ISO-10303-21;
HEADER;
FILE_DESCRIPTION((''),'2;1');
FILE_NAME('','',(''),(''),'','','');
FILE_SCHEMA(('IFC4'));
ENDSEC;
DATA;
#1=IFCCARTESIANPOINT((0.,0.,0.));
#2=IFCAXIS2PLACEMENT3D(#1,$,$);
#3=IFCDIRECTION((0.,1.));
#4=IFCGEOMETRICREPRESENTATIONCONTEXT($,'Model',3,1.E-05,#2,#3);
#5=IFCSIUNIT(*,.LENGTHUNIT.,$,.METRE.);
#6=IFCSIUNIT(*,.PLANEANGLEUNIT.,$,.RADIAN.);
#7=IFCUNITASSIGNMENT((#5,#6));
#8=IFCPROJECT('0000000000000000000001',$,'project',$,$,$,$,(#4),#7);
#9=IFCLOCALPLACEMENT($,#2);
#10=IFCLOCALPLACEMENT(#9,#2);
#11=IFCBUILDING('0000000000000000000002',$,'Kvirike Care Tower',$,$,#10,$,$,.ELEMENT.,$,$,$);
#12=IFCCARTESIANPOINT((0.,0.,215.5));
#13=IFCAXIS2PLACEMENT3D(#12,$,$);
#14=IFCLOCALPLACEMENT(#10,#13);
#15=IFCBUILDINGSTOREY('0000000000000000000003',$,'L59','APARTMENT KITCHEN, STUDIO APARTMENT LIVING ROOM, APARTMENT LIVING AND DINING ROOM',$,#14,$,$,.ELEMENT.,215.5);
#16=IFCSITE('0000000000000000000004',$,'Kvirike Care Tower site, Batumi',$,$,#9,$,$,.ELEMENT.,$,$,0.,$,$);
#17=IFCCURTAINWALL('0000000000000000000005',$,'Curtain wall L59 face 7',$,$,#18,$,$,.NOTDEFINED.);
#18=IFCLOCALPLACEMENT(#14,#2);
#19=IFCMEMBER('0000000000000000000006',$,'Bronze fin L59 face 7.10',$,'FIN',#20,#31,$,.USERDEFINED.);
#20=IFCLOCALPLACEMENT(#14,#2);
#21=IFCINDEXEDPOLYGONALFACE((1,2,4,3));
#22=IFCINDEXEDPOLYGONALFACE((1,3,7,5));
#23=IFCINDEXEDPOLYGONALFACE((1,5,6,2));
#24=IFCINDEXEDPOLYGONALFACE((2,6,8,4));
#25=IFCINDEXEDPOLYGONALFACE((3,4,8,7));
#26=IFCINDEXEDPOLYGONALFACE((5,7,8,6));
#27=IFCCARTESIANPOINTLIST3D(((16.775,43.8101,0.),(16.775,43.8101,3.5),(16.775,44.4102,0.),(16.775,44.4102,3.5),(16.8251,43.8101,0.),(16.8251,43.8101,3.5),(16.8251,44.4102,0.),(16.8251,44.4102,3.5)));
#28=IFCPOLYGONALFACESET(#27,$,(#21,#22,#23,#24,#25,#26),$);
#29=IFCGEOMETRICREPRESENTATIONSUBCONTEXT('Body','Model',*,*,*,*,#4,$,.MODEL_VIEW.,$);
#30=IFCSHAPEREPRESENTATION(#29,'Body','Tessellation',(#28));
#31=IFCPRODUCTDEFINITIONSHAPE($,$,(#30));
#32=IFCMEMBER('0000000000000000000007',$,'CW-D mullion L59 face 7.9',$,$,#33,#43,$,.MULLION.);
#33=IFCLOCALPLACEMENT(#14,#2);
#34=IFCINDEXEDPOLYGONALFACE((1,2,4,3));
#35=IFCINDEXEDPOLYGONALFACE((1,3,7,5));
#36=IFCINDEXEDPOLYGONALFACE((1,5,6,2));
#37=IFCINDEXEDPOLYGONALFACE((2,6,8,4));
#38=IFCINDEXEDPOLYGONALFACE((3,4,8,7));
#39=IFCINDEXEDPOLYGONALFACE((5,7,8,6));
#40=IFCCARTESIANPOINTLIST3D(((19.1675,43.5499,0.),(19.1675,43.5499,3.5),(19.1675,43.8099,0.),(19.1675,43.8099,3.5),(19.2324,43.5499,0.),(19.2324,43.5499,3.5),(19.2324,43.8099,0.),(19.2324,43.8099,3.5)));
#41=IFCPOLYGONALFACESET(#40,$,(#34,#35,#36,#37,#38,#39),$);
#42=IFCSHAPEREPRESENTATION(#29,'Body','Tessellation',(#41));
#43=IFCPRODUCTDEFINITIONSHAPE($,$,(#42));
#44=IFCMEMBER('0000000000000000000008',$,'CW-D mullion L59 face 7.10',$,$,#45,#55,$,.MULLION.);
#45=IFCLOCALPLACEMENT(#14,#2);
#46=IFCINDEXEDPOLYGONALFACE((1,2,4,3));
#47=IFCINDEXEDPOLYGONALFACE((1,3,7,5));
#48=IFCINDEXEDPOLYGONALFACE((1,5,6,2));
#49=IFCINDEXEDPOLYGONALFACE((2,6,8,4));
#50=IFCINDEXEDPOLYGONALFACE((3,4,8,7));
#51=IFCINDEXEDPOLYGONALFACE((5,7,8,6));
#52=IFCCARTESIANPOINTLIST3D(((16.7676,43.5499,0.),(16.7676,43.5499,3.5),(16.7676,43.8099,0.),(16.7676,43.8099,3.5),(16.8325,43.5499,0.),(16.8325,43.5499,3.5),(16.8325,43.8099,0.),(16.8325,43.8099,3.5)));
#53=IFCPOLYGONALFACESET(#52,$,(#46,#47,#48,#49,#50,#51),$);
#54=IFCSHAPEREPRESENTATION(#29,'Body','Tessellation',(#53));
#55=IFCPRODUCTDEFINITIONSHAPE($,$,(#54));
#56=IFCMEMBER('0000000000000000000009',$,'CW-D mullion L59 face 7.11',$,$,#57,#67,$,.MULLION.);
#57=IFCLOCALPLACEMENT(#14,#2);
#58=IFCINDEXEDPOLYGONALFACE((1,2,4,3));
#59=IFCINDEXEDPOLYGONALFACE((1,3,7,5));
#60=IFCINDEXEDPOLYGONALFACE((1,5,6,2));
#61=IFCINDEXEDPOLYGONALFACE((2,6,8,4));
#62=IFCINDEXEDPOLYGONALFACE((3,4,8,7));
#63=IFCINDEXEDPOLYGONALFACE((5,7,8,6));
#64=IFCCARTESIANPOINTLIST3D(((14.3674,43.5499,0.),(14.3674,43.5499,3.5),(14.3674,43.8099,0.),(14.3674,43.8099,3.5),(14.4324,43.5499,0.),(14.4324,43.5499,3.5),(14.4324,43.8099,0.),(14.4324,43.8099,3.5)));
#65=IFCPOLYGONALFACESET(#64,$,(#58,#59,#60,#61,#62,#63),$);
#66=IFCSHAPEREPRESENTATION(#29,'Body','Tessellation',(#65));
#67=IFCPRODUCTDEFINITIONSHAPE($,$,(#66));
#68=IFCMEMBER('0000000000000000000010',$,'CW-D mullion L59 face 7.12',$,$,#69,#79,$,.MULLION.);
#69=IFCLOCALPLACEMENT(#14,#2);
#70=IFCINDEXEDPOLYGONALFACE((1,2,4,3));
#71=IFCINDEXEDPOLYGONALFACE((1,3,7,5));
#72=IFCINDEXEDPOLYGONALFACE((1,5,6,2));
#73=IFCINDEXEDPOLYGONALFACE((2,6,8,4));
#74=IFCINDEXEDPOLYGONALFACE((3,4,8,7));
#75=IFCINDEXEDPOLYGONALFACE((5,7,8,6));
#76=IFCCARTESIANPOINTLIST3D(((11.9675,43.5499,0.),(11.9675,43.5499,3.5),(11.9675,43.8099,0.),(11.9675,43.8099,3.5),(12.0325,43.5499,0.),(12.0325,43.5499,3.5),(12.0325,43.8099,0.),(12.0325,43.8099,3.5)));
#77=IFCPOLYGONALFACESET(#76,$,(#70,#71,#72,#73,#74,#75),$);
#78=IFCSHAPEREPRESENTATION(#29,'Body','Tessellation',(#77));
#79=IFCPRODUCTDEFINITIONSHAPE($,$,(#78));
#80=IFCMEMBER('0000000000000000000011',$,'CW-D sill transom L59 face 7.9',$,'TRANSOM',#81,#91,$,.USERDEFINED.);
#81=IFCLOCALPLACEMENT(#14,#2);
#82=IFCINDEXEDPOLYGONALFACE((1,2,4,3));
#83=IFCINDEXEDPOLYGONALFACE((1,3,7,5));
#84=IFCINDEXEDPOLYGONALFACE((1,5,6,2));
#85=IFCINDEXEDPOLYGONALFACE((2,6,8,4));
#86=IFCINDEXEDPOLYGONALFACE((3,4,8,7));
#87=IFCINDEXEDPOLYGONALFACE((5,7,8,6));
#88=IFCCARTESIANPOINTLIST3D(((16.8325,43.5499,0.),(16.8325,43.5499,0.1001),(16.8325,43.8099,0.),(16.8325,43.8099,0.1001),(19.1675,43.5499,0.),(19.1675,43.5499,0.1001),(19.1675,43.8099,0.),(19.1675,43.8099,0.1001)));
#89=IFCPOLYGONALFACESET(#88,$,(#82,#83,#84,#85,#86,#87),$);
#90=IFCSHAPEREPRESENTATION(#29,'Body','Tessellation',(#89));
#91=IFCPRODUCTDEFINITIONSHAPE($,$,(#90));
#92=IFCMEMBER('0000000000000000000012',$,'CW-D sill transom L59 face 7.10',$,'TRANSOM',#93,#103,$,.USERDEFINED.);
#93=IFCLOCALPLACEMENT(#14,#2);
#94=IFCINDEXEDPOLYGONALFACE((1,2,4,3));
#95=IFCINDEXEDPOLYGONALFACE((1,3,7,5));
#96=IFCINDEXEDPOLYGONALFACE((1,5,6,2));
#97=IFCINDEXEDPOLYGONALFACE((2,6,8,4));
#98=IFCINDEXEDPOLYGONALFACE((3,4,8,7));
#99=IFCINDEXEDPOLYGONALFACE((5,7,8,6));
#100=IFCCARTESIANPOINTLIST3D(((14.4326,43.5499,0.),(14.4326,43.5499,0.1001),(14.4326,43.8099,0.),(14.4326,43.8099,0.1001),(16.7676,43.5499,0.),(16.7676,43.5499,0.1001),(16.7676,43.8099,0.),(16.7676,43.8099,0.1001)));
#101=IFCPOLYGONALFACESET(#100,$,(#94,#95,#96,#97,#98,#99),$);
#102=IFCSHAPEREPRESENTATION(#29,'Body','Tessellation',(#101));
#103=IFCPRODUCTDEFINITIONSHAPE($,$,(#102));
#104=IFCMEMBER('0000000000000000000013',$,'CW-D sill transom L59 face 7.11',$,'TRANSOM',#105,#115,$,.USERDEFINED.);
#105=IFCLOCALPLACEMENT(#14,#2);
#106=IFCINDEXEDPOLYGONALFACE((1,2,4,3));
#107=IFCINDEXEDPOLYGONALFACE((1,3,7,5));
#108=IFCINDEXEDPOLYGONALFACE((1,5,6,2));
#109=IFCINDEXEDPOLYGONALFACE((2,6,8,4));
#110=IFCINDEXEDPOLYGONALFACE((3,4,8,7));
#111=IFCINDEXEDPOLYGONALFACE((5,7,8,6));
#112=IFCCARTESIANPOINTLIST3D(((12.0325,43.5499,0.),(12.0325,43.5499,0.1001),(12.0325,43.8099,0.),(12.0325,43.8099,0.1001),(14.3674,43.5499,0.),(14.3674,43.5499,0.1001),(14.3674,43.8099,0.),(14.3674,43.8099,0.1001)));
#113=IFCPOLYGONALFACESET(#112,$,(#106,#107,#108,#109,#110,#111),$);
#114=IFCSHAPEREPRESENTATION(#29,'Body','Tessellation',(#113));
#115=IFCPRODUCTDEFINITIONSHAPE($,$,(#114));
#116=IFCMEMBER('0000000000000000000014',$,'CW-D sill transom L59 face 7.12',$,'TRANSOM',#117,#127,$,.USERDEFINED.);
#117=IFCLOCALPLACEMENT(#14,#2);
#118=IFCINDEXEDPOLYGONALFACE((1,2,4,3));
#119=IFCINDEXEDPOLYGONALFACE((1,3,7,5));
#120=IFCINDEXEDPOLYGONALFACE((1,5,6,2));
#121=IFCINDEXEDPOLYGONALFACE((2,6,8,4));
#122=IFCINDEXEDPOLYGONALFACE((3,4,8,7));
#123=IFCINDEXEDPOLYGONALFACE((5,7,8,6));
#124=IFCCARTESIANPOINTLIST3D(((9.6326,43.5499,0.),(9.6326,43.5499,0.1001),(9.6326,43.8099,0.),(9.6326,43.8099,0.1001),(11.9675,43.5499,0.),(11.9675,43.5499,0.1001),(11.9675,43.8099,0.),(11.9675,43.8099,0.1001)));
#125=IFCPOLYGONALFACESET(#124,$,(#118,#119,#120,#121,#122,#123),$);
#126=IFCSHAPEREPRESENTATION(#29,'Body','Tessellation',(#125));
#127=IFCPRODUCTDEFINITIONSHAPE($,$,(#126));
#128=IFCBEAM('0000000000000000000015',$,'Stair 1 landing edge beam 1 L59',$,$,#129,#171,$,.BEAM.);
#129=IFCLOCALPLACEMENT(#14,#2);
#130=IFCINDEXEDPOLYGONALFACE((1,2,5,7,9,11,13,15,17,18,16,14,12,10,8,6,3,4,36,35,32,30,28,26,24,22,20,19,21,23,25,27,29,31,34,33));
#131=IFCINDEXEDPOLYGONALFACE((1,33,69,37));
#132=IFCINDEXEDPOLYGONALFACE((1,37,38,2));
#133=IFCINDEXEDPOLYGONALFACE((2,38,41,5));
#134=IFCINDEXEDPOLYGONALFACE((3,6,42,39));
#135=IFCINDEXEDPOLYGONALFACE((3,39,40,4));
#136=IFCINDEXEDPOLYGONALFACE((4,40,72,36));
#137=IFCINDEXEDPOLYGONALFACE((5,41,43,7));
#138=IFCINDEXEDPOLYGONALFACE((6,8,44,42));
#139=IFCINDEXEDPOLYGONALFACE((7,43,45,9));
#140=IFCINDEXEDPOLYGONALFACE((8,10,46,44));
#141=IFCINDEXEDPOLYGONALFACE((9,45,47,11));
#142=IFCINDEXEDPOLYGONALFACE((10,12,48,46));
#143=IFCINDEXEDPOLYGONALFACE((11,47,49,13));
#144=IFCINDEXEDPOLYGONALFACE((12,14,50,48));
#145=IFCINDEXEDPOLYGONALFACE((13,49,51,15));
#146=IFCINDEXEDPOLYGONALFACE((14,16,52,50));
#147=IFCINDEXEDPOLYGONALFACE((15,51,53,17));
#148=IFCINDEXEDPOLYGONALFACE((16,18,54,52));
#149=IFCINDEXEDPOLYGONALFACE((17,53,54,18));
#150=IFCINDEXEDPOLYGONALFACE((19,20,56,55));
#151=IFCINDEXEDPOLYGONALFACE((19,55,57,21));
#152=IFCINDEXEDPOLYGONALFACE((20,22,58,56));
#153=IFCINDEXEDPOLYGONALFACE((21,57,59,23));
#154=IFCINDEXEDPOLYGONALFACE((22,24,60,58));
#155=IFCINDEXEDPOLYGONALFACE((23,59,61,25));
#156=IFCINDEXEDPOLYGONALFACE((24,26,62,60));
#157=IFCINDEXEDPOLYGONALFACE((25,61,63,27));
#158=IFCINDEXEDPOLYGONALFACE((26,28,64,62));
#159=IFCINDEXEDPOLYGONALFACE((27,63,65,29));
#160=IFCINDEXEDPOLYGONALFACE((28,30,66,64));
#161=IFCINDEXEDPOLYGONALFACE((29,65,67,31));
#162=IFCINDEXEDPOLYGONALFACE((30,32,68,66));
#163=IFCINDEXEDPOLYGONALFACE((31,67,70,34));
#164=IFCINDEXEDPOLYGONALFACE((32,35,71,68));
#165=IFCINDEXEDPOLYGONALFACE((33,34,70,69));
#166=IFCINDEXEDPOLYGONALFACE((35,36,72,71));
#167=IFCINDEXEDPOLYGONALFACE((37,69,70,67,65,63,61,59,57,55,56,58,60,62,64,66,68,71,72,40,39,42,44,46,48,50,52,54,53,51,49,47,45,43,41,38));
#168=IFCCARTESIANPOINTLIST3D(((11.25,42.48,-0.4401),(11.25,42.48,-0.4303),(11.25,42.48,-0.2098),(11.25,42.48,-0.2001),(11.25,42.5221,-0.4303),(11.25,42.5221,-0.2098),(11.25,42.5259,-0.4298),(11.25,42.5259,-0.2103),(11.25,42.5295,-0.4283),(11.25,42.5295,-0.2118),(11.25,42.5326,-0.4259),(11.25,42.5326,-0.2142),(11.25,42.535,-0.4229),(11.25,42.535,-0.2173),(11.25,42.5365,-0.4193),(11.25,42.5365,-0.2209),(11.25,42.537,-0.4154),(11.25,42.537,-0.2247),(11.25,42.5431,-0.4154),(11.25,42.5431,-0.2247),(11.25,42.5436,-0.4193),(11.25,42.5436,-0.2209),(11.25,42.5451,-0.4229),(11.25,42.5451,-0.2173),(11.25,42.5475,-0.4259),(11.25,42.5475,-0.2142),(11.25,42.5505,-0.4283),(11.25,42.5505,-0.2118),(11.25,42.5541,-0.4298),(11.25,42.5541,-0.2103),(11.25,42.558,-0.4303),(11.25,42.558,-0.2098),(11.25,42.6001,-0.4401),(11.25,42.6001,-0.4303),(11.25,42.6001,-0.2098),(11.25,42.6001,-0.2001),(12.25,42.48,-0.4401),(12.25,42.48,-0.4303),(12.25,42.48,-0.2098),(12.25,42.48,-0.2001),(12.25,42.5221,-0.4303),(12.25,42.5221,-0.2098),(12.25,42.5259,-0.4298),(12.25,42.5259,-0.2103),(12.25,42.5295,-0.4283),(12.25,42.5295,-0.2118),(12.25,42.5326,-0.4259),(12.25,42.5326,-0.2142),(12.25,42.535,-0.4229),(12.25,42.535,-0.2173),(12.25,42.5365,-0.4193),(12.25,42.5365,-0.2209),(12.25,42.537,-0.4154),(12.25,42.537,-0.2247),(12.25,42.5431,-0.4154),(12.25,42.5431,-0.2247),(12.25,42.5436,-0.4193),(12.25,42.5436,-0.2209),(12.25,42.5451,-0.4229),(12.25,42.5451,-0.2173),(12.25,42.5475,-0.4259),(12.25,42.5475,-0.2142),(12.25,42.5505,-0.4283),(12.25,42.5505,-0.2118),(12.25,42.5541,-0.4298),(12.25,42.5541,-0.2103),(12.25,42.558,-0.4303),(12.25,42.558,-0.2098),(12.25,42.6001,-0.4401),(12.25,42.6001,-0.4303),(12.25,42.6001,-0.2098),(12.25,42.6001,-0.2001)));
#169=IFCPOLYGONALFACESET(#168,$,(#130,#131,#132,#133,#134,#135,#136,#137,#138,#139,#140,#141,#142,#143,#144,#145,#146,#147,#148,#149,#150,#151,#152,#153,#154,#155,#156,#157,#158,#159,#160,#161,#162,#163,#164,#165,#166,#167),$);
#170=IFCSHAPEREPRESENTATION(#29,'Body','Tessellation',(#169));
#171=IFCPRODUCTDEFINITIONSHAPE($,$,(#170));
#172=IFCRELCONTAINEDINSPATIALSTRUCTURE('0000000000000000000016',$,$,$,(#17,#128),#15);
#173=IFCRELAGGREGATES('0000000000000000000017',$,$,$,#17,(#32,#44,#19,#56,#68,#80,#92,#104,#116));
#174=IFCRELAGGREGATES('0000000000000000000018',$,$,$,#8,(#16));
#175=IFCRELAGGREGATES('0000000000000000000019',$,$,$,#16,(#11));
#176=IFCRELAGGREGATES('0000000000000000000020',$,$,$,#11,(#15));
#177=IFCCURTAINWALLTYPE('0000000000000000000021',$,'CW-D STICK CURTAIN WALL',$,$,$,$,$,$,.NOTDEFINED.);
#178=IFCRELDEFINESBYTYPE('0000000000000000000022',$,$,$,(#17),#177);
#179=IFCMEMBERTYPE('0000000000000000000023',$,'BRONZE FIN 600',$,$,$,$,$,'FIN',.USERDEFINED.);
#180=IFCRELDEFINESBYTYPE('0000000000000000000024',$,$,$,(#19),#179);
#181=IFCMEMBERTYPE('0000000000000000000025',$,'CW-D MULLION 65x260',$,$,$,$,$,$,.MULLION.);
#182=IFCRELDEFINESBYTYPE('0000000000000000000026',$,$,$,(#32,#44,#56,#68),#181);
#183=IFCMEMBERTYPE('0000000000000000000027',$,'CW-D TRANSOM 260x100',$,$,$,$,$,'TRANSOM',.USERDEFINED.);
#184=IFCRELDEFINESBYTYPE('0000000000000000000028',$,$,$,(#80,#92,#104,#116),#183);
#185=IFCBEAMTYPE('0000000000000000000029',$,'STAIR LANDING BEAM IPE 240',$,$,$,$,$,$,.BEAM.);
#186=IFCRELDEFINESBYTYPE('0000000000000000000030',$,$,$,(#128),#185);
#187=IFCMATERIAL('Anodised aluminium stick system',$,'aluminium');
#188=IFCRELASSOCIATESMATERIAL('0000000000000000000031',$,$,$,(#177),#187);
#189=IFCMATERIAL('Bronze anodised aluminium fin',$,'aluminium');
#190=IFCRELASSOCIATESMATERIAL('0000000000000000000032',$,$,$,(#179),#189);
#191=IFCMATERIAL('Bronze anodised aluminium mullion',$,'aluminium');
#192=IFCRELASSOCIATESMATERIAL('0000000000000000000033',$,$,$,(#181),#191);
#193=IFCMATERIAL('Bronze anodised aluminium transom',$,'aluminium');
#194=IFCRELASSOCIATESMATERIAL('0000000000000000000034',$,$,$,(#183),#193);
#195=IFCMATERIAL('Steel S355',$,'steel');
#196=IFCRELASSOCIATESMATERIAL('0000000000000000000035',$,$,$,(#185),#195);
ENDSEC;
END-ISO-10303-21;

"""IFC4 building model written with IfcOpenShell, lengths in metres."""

from ifc_helpers import new_model, si_unit, direction, frame, origin, origin_2d, place, context, subcontext, project, spatial, rectangle, i_section, extrude, material, material_profile, profile_set, type_object, element, aggregate, save


model = new_model("IFC4")

# Units and contexts
model_context = context("Model", 3, precision=1e-05, world=origin(), true_north=direction((0.0, 1.0)))
body_context = subcontext(model_context, "Body", "Model", "MODEL_VIEW")
ifc_project = project(units=[si_unit("LENGTHUNIT", "METRE"), si_unit("PLANEANGLEUNIT", "RADIAN")], contexts=[model_context])

# Site, building, storey
site_placement = place(None, origin())
site = spatial("IfcSite", under=ifc_project, at=site_placement, Name="Kvirike Care Tower site, Batumi", CompositionType="ELEMENT", RefElevation=0.0)
building_placement = place(site_placement, origin())
building = spatial("IfcBuilding", under=site, at=building_placement, Name="Kvirike Care Tower", CompositionType="ELEMENT")
storey_placement = place(building_placement, frame((0.0, 0.0, 215.5)))
storey = spatial("IfcBuildingStorey", under=building, at=storey_placement, Name="L59", Description="APARTMENT KITCHEN, STUDIO APARTMENT LIVING ROOM, APARTMENT LIVING AND DINING ROOM", CompositionType="ELEMENT", Elevation=215.5)

# Curtain wall, members
ifc_material_1 = material(Name="Anodised aluminium stick system", Category="aluminium")
curtain_wall_type = type_object("IfcCurtainWallType", Name="CW-D STICK CURTAIN WALL", PredefinedType="NOTDEFINED", material=ifc_material_1)
curtain_wall_placement = place(storey_placement, origin())
curtain_wall = element("IfcCurtainWall", 1, at=curtain_wall_placement, inside=storey, type_object=curtain_wall_type, Name="Curtain wall L59 face 7", PredefinedType="NOTDEFINED")
ifc_material_2 = material(Name="Bronze anodised aluminium fin", Category="aluminium")
ifc_material_profile_1 = material_profile(ifc_material_2, rectangle(XDim=0.05, YDim=0.6001, at=origin_2d()), Name="BRONZE FIN 600")
ifc_profile_set_1 = profile_set([ifc_material_profile_1], Name="Bronze anodised aluminium fin")
member_type_1 = type_object("IfcMemberType", Name="BRONZE FIN 600", ElementType="FIN", PredefinedType="USERDEFINED", material=ifc_profile_set_1)
member_1_placement = place(storey_placement, frame((16.8, 44.1101, 0.0), z_axis=(0.0, 0.0, 1.0), x_axis=(-1.0, 0.0, 0.0)))
member_1 = element("IfcMember", 2, at=member_1_placement, type_object=member_type_1, Name="Bronze fin L59 face 7.10", ObjectType="FIN", PredefinedType="USERDEFINED", context=body_context, shape_type="SweptSolid", body=[
    extrude(rectangle(XDim=0.05, YDim=0.6001, at=origin_2d()), origin(), (0.0, 0.0, 1.0), 3.5),
])
ifc_material_3 = material(Name="Bronze anodised aluminium mullion", Category="aluminium")
ifc_material_profile_2 = material_profile(ifc_material_3, rectangle(XDim=0.0649, YDim=0.26, at=origin_2d()), Name="CW-D MULLION 65x260")
ifc_profile_set_2 = profile_set([ifc_material_profile_2], Name="Bronze anodised aluminium mullion")
member_type_2 = type_object("IfcMemberType", Name="CW-D MULLION 65x260", PredefinedType="MULLION", material=ifc_profile_set_2)
member_2_placement = place(storey_placement, frame((19.2, 43.6799, 0.0), z_axis=(0.0, 0.0, 1.0), x_axis=(-1.0, 0.0, 0.0)))
member_2 = element("IfcMember", 3, at=member_2_placement, type_object=member_type_2, Name="CW-D mullion L59 face 7.9", PredefinedType="MULLION", context=body_context, shape_type="SweptSolid", body=[
    extrude(rectangle(XDim=0.0649, YDim=0.26, at=origin_2d()), origin(), (0.0, 0.0, 1.0), 3.5),
])
member_3_placement = place(storey_placement, frame((16.8, 43.6799, 0.0), z_axis=(0.0, 0.0, 1.0), x_axis=(-1.0, 0.0, 0.0)))
member_3 = element("IfcMember", 4, at=member_3_placement, type_object=member_type_2, Name="CW-D mullion L59 face 7.10", PredefinedType="MULLION", context=body_context, shape_type="SweptSolid", body=[
    extrude(rectangle(XDim=0.0649, YDim=0.26, at=origin_2d()), origin(), (0.0, 0.0, 1.0), 3.5),
])
member_4_placement = place(storey_placement, frame((14.3999, 43.6799, 0.0), z_axis=(0.0, 0.0, 1.0), x_axis=(-1.0, 0.0, 0.0)))
member_4 = element("IfcMember", 5, at=member_4_placement, type_object=member_type_2, Name="CW-D mullion L59 face 7.11", PredefinedType="MULLION", context=body_context, shape_type="SweptSolid", body=[
    extrude(rectangle(XDim=0.0649, YDim=0.26, at=origin_2d()), origin(), (0.0, 0.0, 1.0), 3.5),
])
member_5_placement = place(storey_placement, frame((12.0, 43.6799, 0.0), z_axis=(0.0, 0.0, 1.0), x_axis=(-1.0, 0.0, 0.0)))
member_5 = element("IfcMember", 6, at=member_5_placement, type_object=member_type_2, Name="CW-D mullion L59 face 7.12", PredefinedType="MULLION", context=body_context, shape_type="SweptSolid", body=[
    extrude(rectangle(XDim=0.0649, YDim=0.26, at=origin_2d()), origin(), (0.0, 0.0, 1.0), 3.5),
])
ifc_material_4 = material(Name="Bronze anodised aluminium transom", Category="aluminium")
ifc_material_profile_3 = material_profile(ifc_material_4, rectangle(XDim=0.26, YDim=0.1001, at=origin_2d()), Name="CW-D TRANSOM 260x100")
ifc_profile_set_3 = profile_set([ifc_material_profile_3], Name="Bronze anodised aluminium transom")
member_type_3 = type_object("IfcMemberType", Name="CW-D TRANSOM 260x100", ElementType="TRANSOM", PredefinedType="USERDEFINED", material=ifc_profile_set_3)
member_6_placement = place(storey_placement, frame((19.1675, 43.6799, 0.05), z_axis=(-1.0, 0.0, 0.0), x_axis=(0.0, -1.0, 0.0)))
member_6 = element("IfcMember", 7, at=member_6_placement, type_object=member_type_3, Name="CW-D sill transom L59 face 7.9", ObjectType="TRANSOM", PredefinedType="USERDEFINED", context=body_context, shape_type="SweptSolid", body=[
    extrude(rectangle(XDim=0.26, YDim=0.1001, at=origin_2d()), origin(), (0.0, 0.0, 1.0), 2.335),
])
member_7_placement = place(storey_placement, frame((16.7676, 43.6799, 0.05), z_axis=(-1.0, 0.0, 0.0), x_axis=(0.0, -1.0, 0.0)))
member_7 = element("IfcMember", 8, at=member_7_placement, type_object=member_type_3, Name="CW-D sill transom L59 face 7.10", ObjectType="TRANSOM", PredefinedType="USERDEFINED", context=body_context, shape_type="SweptSolid", body=[
    extrude(rectangle(XDim=0.26, YDim=0.1001, at=origin_2d()), origin(), (0.0, 0.0, 1.0), 2.335),
])
member_8_placement = place(storey_placement, frame((14.3674, 43.6799, 0.05), z_axis=(-1.0, 0.0, 0.0), x_axis=(0.0, -1.0, 0.0)))
member_8 = element("IfcMember", 9, at=member_8_placement, type_object=member_type_3, Name="CW-D sill transom L59 face 7.11", ObjectType="TRANSOM", PredefinedType="USERDEFINED", context=body_context, shape_type="SweptSolid", body=[
    extrude(rectangle(XDim=0.26, YDim=0.1001, at=origin_2d()), origin(), (0.0, 0.0, 1.0), 2.335),
])
member_9_placement = place(storey_placement, frame((11.9675, 43.6799, 0.05), z_axis=(-1.0, 0.0, 0.0), x_axis=(0.0, -1.0, 0.0)))
member_9 = element("IfcMember", 10, at=member_9_placement, type_object=member_type_3, Name="CW-D sill transom L59 face 7.12", ObjectType="TRANSOM", PredefinedType="USERDEFINED", context=body_context, shape_type="SweptSolid", body=[
    extrude(rectangle(XDim=0.26, YDim=0.1001, at=origin_2d()), origin(), (0.0, 0.0, 1.0), 2.335),
])

# Beam
ifc_material_5 = material(Name="Steel S355", Category="steel")
ifc_material_profile_4 = material_profile(ifc_material_5, i_section(OverallWidth=0.1201, OverallDepth=0.24, WebThickness=0.0061, FlangeThickness=0.0098, FilletRadius=0.0149, at=origin_2d()), Name="IPE 240")
ifc_profile_set_4 = profile_set([ifc_material_profile_4], Name="Steel S355")
beam_type_1 = type_object("IfcBeamType", Name="STAIR LANDING BEAM IPE 240", PredefinedType="BEAM", material=ifc_profile_set_4)
for number, where, z_axis, x_axis, name in (
    (11, (11.25, 42.54, -0.3201), (1.0, 0.0, 0.0), (0.0, 1.0, 0.0), "Stair 1 landing edge beam 1 L59"),
):
    element("IfcBeam", number, at=place(storey_placement, frame(where, z_axis=z_axis, x_axis=x_axis)), inside=storey, type_object=beam_type_1, Name=name, PredefinedType="BEAM", context=body_context, shape_type="SweptSolid", body=[
        extrude(i_section(OverallWidth=0.1201, OverallDepth=0.24, WebThickness=0.0061, FlangeThickness=0.0098, FilletRadius=0.0149, at=origin_2d()), origin(), (0.0, 0.0, 1.0), 1.0),
    ])

aggregate(curtain_wall, [member_2, member_3, member_1, member_4, member_5, member_6, member_7, member_8, member_9])

save(model, "model.ifc")
